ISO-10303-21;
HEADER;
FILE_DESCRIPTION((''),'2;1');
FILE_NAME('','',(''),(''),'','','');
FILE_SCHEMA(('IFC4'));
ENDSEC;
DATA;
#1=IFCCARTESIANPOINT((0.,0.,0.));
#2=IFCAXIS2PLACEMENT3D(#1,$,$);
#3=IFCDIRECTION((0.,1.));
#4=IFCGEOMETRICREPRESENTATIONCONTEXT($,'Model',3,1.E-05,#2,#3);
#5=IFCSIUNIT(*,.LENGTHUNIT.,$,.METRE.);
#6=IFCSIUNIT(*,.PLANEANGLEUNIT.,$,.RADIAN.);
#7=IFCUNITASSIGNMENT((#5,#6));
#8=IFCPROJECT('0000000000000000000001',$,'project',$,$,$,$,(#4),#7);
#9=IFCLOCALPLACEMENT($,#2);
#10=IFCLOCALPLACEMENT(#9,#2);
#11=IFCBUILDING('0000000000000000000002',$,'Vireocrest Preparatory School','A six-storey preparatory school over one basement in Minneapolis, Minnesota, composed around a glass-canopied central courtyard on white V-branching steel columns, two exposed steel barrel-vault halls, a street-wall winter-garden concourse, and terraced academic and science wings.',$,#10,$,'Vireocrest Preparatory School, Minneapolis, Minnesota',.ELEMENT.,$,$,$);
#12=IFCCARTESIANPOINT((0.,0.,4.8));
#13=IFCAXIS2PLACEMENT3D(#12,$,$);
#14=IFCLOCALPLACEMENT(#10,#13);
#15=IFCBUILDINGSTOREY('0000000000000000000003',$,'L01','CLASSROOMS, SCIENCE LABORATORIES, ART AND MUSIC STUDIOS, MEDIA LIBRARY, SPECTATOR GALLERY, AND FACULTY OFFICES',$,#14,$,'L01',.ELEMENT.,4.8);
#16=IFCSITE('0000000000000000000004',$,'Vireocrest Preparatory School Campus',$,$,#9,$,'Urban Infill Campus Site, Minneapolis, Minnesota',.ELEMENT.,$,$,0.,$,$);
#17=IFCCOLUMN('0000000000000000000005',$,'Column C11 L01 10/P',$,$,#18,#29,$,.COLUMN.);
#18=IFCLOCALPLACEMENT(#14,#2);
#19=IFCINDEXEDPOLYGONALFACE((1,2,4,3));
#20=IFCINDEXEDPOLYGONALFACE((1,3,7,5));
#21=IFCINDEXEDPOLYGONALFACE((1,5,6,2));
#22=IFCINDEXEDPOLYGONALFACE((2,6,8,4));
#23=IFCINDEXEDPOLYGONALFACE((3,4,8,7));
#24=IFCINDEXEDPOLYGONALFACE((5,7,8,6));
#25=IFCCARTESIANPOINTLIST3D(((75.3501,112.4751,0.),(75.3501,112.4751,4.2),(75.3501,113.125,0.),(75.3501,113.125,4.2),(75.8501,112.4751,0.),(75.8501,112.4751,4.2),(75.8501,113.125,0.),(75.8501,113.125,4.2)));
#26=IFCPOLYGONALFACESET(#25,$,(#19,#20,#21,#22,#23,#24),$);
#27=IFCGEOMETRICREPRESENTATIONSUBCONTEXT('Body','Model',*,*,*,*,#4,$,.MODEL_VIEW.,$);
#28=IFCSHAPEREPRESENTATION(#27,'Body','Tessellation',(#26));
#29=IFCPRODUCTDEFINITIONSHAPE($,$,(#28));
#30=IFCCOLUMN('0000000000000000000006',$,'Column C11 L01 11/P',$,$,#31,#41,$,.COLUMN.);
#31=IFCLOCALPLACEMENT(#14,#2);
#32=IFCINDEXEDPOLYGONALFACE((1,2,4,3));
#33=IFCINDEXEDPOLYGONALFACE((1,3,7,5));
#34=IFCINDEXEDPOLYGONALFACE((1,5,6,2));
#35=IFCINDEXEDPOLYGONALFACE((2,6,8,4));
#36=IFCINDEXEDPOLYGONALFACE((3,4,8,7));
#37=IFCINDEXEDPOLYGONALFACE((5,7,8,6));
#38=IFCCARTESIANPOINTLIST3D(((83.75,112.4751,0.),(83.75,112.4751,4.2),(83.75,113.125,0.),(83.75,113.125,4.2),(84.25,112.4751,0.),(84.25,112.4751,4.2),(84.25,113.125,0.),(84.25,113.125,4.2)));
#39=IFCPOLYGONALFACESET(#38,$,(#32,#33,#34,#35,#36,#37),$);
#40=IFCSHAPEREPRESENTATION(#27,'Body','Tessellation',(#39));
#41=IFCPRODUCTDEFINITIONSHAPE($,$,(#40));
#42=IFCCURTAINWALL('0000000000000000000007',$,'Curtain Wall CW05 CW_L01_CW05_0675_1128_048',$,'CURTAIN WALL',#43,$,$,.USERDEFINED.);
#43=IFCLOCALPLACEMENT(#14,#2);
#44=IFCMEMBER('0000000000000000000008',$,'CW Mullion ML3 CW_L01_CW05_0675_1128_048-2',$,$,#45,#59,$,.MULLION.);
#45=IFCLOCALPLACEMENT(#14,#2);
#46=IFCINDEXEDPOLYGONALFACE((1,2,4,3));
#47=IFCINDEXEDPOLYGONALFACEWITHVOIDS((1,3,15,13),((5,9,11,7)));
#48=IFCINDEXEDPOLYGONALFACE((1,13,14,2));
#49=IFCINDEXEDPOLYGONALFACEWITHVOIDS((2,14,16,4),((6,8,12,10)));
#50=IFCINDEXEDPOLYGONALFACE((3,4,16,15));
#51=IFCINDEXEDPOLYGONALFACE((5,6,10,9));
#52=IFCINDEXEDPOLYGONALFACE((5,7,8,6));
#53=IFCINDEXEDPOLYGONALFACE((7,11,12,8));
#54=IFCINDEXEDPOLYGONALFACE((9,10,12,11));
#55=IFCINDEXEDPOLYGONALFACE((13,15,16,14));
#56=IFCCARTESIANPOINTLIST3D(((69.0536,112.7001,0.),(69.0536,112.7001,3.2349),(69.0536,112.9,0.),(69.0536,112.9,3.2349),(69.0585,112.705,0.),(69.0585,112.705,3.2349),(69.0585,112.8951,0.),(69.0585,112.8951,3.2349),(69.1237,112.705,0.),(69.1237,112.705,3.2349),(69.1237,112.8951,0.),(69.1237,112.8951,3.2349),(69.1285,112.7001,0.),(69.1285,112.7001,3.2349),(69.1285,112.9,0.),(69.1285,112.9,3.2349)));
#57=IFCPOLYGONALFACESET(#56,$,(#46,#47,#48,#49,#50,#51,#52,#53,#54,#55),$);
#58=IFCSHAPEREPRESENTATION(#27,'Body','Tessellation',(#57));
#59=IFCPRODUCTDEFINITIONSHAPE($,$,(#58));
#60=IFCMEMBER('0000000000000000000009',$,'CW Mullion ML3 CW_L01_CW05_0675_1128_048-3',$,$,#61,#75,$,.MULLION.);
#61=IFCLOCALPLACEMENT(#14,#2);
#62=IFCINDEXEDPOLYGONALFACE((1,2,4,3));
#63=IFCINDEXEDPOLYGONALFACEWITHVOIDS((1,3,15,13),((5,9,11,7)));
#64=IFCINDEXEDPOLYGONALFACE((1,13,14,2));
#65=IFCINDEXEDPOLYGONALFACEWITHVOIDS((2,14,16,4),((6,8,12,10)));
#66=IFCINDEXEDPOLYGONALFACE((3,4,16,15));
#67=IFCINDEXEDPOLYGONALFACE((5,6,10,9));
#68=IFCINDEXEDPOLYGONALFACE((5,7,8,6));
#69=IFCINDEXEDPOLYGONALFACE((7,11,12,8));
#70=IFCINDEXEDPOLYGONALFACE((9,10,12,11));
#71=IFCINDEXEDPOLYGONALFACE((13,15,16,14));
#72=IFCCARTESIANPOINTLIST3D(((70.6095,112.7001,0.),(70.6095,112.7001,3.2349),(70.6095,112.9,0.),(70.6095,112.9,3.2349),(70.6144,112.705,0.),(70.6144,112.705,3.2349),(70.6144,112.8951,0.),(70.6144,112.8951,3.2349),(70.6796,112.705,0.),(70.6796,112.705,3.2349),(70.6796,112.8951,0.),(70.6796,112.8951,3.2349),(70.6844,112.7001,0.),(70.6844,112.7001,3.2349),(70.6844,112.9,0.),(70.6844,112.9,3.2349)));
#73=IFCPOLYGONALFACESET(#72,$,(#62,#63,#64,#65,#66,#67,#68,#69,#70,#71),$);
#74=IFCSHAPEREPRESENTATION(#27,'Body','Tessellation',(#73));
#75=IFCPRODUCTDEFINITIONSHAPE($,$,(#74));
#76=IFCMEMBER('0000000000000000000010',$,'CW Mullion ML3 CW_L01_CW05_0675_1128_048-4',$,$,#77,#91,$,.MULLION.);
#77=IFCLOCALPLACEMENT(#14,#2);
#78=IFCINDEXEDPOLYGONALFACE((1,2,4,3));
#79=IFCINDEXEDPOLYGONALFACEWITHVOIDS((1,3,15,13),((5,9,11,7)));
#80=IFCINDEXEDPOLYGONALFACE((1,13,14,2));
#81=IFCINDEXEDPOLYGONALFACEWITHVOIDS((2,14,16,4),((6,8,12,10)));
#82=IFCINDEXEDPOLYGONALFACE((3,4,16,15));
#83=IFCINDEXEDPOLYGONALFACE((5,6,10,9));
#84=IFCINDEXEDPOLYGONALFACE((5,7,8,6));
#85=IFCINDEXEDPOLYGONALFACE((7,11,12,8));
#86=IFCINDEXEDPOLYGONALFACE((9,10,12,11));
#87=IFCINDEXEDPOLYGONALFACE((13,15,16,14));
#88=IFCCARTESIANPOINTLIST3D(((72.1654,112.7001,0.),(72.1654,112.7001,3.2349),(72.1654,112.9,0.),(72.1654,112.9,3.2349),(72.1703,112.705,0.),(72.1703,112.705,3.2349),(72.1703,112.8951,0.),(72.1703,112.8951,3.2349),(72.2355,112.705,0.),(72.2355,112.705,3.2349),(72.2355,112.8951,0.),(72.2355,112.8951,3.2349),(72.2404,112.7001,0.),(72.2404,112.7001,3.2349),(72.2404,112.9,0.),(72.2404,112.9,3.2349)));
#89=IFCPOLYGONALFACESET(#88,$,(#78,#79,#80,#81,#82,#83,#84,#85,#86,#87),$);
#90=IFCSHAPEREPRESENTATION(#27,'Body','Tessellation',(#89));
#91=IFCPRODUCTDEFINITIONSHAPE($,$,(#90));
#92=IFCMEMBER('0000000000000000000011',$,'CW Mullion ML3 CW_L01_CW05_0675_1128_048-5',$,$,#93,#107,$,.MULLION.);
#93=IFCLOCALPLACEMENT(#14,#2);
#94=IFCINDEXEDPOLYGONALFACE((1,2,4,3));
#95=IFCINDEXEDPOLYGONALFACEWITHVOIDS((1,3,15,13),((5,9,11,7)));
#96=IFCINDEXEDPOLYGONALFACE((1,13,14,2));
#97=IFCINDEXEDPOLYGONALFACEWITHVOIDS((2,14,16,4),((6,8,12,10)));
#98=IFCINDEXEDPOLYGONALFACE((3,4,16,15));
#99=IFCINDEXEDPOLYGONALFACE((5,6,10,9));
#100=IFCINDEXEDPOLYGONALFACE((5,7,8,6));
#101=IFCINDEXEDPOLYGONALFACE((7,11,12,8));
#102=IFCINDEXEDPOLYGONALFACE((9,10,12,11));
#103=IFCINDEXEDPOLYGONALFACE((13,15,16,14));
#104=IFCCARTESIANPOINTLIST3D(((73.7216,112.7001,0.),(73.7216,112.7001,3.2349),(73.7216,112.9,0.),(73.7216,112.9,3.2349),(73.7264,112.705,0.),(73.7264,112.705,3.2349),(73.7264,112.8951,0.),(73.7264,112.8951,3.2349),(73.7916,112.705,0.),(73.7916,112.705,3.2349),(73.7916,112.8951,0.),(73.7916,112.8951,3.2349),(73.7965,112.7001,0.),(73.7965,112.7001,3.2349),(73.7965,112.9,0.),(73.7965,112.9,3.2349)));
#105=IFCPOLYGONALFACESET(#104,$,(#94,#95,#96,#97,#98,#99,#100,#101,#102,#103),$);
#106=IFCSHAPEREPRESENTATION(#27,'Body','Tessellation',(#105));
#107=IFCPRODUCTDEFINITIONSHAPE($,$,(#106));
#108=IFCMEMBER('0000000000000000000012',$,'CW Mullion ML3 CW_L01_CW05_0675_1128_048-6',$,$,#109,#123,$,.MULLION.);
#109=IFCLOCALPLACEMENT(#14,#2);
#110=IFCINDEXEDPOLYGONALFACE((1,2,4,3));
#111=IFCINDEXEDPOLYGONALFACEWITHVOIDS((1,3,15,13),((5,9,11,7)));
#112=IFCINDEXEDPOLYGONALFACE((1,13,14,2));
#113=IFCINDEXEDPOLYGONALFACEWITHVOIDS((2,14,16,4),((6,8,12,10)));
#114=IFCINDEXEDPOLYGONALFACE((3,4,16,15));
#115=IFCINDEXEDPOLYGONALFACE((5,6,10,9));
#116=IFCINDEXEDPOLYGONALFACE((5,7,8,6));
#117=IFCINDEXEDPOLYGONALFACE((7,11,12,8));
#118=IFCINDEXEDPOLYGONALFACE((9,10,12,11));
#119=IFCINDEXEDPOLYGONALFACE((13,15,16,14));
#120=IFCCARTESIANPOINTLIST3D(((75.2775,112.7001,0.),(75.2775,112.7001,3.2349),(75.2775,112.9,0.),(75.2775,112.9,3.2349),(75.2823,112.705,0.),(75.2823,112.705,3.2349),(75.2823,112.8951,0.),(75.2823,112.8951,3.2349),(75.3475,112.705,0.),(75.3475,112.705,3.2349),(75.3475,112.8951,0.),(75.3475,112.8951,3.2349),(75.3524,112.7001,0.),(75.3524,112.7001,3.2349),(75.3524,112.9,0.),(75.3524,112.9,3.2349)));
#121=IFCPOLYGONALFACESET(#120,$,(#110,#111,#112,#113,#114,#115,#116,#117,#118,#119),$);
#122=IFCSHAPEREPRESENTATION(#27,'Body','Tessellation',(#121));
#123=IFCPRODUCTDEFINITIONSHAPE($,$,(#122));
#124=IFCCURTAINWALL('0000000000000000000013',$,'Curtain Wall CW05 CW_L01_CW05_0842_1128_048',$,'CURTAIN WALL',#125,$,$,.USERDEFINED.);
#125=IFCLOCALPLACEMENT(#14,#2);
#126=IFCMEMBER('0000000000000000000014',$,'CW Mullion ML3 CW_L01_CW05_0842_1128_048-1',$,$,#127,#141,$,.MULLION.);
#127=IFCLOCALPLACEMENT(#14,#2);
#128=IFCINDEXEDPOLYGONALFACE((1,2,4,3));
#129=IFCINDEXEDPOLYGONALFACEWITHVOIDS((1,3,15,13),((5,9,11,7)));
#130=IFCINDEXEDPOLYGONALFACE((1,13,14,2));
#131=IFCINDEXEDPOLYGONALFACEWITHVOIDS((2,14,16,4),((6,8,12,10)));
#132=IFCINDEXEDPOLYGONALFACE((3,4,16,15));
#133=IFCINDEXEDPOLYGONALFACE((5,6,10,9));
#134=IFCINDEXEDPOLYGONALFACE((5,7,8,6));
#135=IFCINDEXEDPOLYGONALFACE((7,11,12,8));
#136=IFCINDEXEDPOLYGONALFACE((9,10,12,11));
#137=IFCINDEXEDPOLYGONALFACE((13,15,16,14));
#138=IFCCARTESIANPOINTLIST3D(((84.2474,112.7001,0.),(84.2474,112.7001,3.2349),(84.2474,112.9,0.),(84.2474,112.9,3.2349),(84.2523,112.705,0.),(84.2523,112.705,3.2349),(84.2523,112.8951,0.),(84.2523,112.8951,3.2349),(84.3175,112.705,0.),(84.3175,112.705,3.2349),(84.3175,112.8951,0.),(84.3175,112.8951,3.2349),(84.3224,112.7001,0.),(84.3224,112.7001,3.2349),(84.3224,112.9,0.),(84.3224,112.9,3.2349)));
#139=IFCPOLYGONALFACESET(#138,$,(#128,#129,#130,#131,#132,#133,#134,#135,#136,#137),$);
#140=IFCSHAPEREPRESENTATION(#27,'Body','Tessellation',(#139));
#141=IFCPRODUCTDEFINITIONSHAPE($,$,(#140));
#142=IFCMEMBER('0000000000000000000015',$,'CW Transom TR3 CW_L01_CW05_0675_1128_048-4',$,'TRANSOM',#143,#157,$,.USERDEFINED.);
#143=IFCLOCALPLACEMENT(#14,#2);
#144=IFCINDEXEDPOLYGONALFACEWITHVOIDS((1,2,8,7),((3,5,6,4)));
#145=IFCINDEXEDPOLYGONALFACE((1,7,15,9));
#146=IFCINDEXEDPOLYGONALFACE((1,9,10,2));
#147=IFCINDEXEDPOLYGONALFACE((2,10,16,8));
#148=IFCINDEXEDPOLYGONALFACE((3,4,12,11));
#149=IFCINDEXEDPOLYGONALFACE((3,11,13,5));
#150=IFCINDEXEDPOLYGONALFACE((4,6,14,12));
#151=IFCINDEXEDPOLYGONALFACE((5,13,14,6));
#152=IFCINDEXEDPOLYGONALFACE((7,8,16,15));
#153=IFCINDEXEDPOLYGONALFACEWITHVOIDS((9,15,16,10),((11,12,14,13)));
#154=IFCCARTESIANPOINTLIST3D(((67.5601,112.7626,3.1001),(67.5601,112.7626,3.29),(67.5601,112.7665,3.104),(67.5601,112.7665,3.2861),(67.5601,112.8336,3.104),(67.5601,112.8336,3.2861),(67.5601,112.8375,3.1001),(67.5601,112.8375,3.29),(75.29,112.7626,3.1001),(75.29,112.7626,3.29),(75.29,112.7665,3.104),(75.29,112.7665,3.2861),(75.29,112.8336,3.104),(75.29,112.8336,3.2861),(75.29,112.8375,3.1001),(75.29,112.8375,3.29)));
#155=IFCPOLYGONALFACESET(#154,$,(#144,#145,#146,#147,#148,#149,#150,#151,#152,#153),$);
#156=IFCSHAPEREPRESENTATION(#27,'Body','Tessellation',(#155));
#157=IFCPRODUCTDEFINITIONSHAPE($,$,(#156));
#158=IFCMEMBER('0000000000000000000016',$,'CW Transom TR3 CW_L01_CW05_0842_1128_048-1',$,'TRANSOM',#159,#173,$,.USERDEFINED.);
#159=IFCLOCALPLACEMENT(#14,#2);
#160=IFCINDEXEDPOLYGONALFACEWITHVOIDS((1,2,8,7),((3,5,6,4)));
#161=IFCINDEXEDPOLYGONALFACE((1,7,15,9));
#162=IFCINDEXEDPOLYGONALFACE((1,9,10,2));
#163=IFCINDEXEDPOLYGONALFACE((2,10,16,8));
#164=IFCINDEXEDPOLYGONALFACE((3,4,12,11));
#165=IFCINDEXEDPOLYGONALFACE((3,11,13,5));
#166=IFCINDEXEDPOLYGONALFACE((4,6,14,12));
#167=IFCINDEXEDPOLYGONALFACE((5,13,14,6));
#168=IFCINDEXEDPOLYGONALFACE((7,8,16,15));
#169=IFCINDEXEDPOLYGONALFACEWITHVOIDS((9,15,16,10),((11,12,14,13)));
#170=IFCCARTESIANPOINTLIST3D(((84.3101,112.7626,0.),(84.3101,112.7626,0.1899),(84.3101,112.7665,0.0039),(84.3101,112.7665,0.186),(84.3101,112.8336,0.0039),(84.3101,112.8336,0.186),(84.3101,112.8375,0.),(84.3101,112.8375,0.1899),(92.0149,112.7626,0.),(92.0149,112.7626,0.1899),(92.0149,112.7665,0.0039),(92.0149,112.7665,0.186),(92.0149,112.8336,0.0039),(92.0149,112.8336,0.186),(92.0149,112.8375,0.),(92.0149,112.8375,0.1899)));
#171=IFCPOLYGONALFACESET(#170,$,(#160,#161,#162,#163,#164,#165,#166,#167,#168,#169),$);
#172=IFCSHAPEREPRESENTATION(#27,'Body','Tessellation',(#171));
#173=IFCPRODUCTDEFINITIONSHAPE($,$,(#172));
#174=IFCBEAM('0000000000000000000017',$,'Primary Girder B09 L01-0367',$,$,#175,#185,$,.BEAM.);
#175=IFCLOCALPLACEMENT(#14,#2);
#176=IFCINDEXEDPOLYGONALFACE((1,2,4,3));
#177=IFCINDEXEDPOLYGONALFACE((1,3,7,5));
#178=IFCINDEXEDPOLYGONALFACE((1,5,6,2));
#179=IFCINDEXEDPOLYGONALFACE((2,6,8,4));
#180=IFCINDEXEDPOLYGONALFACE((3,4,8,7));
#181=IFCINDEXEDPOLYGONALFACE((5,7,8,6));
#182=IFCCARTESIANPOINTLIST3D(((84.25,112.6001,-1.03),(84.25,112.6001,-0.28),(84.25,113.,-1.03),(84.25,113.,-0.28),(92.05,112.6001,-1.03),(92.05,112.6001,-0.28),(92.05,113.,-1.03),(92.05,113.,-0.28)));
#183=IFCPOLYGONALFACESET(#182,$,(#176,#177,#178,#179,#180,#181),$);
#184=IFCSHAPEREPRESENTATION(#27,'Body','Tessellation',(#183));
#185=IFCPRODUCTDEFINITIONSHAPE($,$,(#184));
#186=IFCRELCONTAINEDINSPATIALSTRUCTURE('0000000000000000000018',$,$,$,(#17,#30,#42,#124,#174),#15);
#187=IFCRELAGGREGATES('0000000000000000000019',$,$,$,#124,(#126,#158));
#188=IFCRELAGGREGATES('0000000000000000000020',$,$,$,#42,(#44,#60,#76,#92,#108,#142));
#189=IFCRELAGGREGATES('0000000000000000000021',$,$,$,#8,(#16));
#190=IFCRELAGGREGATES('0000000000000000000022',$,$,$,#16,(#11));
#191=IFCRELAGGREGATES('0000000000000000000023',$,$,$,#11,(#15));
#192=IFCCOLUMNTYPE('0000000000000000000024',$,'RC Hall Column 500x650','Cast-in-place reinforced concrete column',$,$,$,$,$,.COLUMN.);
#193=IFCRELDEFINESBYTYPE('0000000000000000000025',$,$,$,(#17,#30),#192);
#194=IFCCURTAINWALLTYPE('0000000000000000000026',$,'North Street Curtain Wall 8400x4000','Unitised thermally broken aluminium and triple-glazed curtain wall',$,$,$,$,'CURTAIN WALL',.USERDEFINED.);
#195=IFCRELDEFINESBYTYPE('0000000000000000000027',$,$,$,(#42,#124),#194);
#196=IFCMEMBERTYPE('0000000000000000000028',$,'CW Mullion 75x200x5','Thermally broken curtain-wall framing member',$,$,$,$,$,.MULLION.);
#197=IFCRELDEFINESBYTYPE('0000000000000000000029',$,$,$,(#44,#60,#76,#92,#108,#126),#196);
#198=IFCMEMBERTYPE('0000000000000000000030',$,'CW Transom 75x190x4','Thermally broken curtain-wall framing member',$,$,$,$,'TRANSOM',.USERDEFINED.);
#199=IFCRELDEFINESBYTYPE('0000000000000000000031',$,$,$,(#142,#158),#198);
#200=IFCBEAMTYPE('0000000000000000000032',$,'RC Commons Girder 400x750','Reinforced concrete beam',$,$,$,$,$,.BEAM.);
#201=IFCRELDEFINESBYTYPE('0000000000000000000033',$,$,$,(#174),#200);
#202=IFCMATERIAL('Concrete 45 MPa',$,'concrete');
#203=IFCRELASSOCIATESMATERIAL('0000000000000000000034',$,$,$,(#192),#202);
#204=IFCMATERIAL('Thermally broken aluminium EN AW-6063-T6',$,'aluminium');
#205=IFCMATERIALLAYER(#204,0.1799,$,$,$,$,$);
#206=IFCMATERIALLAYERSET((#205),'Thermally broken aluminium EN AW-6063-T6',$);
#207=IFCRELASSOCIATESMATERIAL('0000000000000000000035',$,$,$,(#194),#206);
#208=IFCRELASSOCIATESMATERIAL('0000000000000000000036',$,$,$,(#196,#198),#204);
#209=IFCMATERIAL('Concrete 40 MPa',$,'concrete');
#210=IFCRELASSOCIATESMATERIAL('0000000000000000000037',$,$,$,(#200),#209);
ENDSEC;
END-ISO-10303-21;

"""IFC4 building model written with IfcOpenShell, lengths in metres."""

from ifc_helpers import new_model, si_unit, direction, frame, origin, origin_2d, place, context, subcontext, project, spatial, rectangle, hollow_rectangle, extrude, material, layer, layer_set, material_profile, profile_set, type_object, element, aggregate, save


model = new_model("IFC4")

# Units and contexts
model_context = context("Model", 3, precision=1e-05, world=origin(), true_north=direction((0.0, 1.0)))
body_context = subcontext(model_context, "Body", "Model", "MODEL_VIEW")
ifc_project = project(units=[si_unit("LENGTHUNIT", "METRE"), si_unit("PLANEANGLEUNIT", "RADIAN")], contexts=[model_context])

# Site, building, storey
site_placement = place(None, origin())
site = spatial("IfcSite", under=ifc_project, at=site_placement, Name="Vireocrest Preparatory School Campus", LongName="Urban Infill Campus Site, Minneapolis, Minnesota", CompositionType="ELEMENT", RefElevation=0.0)
building_placement = place(site_placement, origin())
building = spatial("IfcBuilding", under=site, at=building_placement, Name="Vireocrest Preparatory School", Description="A six-storey preparatory school over one basement in Minneapolis, Minnesota, composed around a glass-canopied central courtyard on white V-branching steel columns, two exposed steel barrel-vault halls, a street-wall winter-garden concourse, and terraced academic and science wings.", LongName="Vireocrest Preparatory School, Minneapolis, Minnesota", CompositionType="ELEMENT")
storey_placement = place(building_placement, frame((0.0, 0.0, 4.8)))
storey = spatial("IfcBuildingStorey", under=building, at=storey_placement, Name="L01", Description="CLASSROOMS, SCIENCE LABORATORIES, ART AND MUSIC STUDIOS, MEDIA LIBRARY, SPECTATOR GALLERY, AND FACULTY OFFICES", LongName="L01", CompositionType="ELEMENT", Elevation=4.8)

# Columns
ifc_material_1 = material(Name="Concrete 45 MPa", Category="concrete")
ifc_material_profile_1 = material_profile(ifc_material_1, rectangle(XDim=0.5, YDim=0.6499, at=origin_2d()), Name="RC 500x650")
ifc_profile_set_1 = profile_set([ifc_material_profile_1], Name="Concrete 45 MPa")
column_type = type_object("IfcColumnType", Name="RC Hall Column 500x650", Description="Cast-in-place reinforced concrete column", PredefinedType="COLUMN", material=ifc_profile_set_1)
for number, where, z_axis, x_axis, name in (
    (1, (75.6001, 112.8, 0.0), (0.0, 0.0, 1.0), (1.0, 0.0, 0.0), "Column C11 L01 10/P"),
    (2, (84.0, 112.8, 0.0), (0.0, 0.0, 1.0), (1.0, 0.0, 0.0), "Column C11 L01 11/P"),
):
    element("IfcColumn", number, at=place(storey_placement, frame(where, z_axis=z_axis, x_axis=x_axis)), inside=storey, type_object=column_type, Name=name, PredefinedType="COLUMN", context=body_context, shape_type="SweptSolid", body=[
        extrude(rectangle(XDim=0.5, YDim=0.6499, at=origin_2d()), origin(), (0.0, 0.0, 1.0), 4.2),
    ])

# Curtain wall, members
ifc_material_2 = material(Name="Thermally broken aluminium EN AW-6063-T6", Category="aluminium")
ifc_layer_1 = layer(ifc_material_2, 0.1799)
ifc_layer_set_1 = layer_set([ifc_layer_1], Name="Thermally broken aluminium EN AW-6063-T6")
curtain_wall_type = type_object("IfcCurtainWallType", Name="North Street Curtain Wall 8400x4000", Description="Unitised thermally broken aluminium and triple-glazed curtain wall", ElementType="CURTAIN WALL", PredefinedType="USERDEFINED", material=ifc_layer_set_1)
curtain_wall_1_placement = place(storey_placement, origin())
curtain_wall_1 = element("IfcCurtainWall", 3, at=curtain_wall_1_placement, inside=storey, type_object=curtain_wall_type, Name="Curtain Wall CW05 CW_L01_CW05_0675_1128_048", ObjectType="CURTAIN WALL", PredefinedType="USERDEFINED")
ifc_material_profile_2 = material_profile(ifc_material_2, hollow_rectangle(XDim=0.075, YDim=0.2, WallThickness=0.0049, at=origin_2d()), Name="ALU 75x200x5")
ifc_profile_set_2 = profile_set([ifc_material_profile_2], Name="Thermally broken aluminium EN AW-6063-T6")
member_type_1 = type_object("IfcMemberType", Name="CW Mullion 75x200x5", Description="Thermally broken curtain-wall framing member", PredefinedType="MULLION", material=ifc_profile_set_2)
member_1_placement = place(storey_placement, frame((69.0911, 112.8, 0.0), z_axis=(0.0, 0.0, 1.0), x_axis=(1.0, 0.0, 0.0)))
member_1 = element("IfcMember", 4, at=member_1_placement, type_object=member_type_1, Name="CW Mullion ML3 CW_L01_CW05_0675_1128_048-2", PredefinedType="MULLION", context=body_context, shape_type="SweptSolid", body=[
    extrude(hollow_rectangle(XDim=0.075, YDim=0.2, WallThickness=0.0049, at=origin_2d()), origin(), (0.0, 0.0, 1.0), 3.2349),
])
member_2_placement = place(storey_placement, frame((70.647, 112.8, 0.0), z_axis=(0.0, 0.0, 1.0), x_axis=(1.0, 0.0, 0.0)))
member_2 = element("IfcMember", 5, at=member_2_placement, type_object=member_type_1, Name="CW Mullion ML3 CW_L01_CW05_0675_1128_048-3", PredefinedType="MULLION", context=body_context, shape_type="SweptSolid", body=[
    extrude(hollow_rectangle(XDim=0.075, YDim=0.2, WallThickness=0.0049, at=origin_2d()), origin(), (0.0, 0.0, 1.0), 3.2349),
])
member_3_placement = place(storey_placement, frame((72.2029, 112.8, 0.0), z_axis=(0.0, 0.0, 1.0), x_axis=(1.0, 0.0, 0.0)))
member_3 = element("IfcMember", 6, at=member_3_placement, type_object=member_type_1, Name="CW Mullion ML3 CW_L01_CW05_0675_1128_048-4", PredefinedType="MULLION", context=body_context, shape_type="SweptSolid", body=[
    extrude(hollow_rectangle(XDim=0.075, YDim=0.2, WallThickness=0.0049, at=origin_2d()), origin(), (0.0, 0.0, 1.0), 3.2349),
])
member_4_placement = place(storey_placement, frame((73.759, 112.8, 0.0), z_axis=(0.0, 0.0, 1.0), x_axis=(1.0, 0.0, 0.0)))
member_4 = element("IfcMember", 7, at=member_4_placement, type_object=member_type_1, Name="CW Mullion ML3 CW_L01_CW05_0675_1128_048-5", PredefinedType="MULLION", context=body_context, shape_type="SweptSolid", body=[
    extrude(hollow_rectangle(XDim=0.075, YDim=0.2, WallThickness=0.0049, at=origin_2d()), origin(), (0.0, 0.0, 1.0), 3.2349),
])
member_5_placement = place(storey_placement, frame((75.3149, 112.8, 0.0), z_axis=(0.0, 0.0, 1.0), x_axis=(1.0, 0.0, 0.0)))
member_5 = element("IfcMember", 8, at=member_5_placement, type_object=member_type_1, Name="CW Mullion ML3 CW_L01_CW05_0675_1128_048-6", PredefinedType="MULLION", context=body_context, shape_type="SweptSolid", body=[
    extrude(hollow_rectangle(XDim=0.075, YDim=0.2, WallThickness=0.0049, at=origin_2d()), origin(), (0.0, 0.0, 1.0), 3.2349),
])

# Curtain wall, member
curtain_wall_2_placement = place(storey_placement, origin())
curtain_wall_2 = element("IfcCurtainWall", 9, at=curtain_wall_2_placement, inside=storey, type_object=curtain_wall_type, Name="Curtain Wall CW05 CW_L01_CW05_0842_1128_048", ObjectType="CURTAIN WALL", PredefinedType="USERDEFINED")
member_6_placement = place(storey_placement, frame((84.2849, 112.8, 0.0), z_axis=(0.0, 0.0, 1.0), x_axis=(1.0, 0.0, 0.0)))
member_6 = element("IfcMember", 10, at=member_6_placement, type_object=member_type_1, Name="CW Mullion ML3 CW_L01_CW05_0842_1128_048-1", PredefinedType="MULLION", context=body_context, shape_type="SweptSolid", body=[
    extrude(hollow_rectangle(XDim=0.075, YDim=0.2, WallThickness=0.0049, at=origin_2d()), origin(), (0.0, 0.0, 1.0), 3.2349),
])

# Members
ifc_material_profile_3 = material_profile(ifc_material_2, hollow_rectangle(XDim=0.075, YDim=0.1899, WallThickness=0.0039, at=origin_2d()), Name="ALU 75x190x4")
ifc_profile_set_3 = profile_set([ifc_material_profile_3], Name="Thermally broken aluminium EN AW-6063-T6")
member_type_2 = type_object("IfcMemberType", Name="CW Transom 75x190x4", Description="Thermally broken curtain-wall framing member", ElementType="TRANSOM", PredefinedType="USERDEFINED", material=ifc_profile_set_3)
member_7_placement = place(storey_placement, frame((67.5601, 112.8, 3.1951), z_axis=(1.0, 0.0, 0.0), x_axis=(0.0, 1.0, 0.0)))
member_7 = element("IfcMember", 11, at=member_7_placement, type_object=member_type_2, Name="CW Transom TR3 CW_L01_CW05_0675_1128_048-4", ObjectType="TRANSOM", PredefinedType="USERDEFINED", context=body_context, shape_type="SweptSolid", body=[
    extrude(hollow_rectangle(XDim=0.075, YDim=0.1899, WallThickness=0.0039, at=origin_2d()), origin(), (0.0, 0.0, 1.0), 7.73),
])
member_8_placement = place(storey_placement, frame((84.3101, 112.8, 0.095), z_axis=(1.0, 0.0, 0.0), x_axis=(0.0, 1.0, 0.0)))
member_8 = element("IfcMember", 12, at=member_8_placement, type_object=member_type_2, Name="CW Transom TR3 CW_L01_CW05_0842_1128_048-1", ObjectType="TRANSOM", PredefinedType="USERDEFINED", context=body_context, shape_type="SweptSolid", body=[
    extrude(hollow_rectangle(XDim=0.075, YDim=0.1899, WallThickness=0.0039, at=origin_2d()), origin(), (0.0, 0.0, 1.0), 7.7048),
])
aggregate(curtain_wall_2, [member_6, member_8])

# Beam
ifc_material_3 = material(Name="Concrete 40 MPa", Category="concrete")
ifc_material_profile_4 = material_profile(ifc_material_3, rectangle(XDim=0.3999, YDim=0.75, at=origin_2d()), Name="RC 400x750")
ifc_profile_set_4 = profile_set([ifc_material_profile_4], Name="Concrete 40 MPa")
beam_type_1 = type_object("IfcBeamType", Name="RC Commons Girder 400x750", Description="Reinforced concrete beam", PredefinedType="BEAM", material=ifc_profile_set_4)
beam_1_placement = place(storey_placement, frame((84.25, 112.8, -0.655), z_axis=(1.0, 0.0, 0.0), x_axis=(0.0, 1.0, 0.0)))
element("IfcBeam", 13, at=beam_1_placement, inside=storey, type_object=beam_type_1, Name="Primary Girder B09 L01-0367", PredefinedType="BEAM", context=body_context, shape_type="SweptSolid", body=[
    extrude(rectangle(XDim=0.3999, YDim=0.75, at=origin_2d()), origin(), (0.0, 0.0, 1.0), 7.8),
])

aggregate(curtain_wall_1, [member_1, member_2, member_3, member_4, member_5, member_7])

save(model, "model.ifc")
